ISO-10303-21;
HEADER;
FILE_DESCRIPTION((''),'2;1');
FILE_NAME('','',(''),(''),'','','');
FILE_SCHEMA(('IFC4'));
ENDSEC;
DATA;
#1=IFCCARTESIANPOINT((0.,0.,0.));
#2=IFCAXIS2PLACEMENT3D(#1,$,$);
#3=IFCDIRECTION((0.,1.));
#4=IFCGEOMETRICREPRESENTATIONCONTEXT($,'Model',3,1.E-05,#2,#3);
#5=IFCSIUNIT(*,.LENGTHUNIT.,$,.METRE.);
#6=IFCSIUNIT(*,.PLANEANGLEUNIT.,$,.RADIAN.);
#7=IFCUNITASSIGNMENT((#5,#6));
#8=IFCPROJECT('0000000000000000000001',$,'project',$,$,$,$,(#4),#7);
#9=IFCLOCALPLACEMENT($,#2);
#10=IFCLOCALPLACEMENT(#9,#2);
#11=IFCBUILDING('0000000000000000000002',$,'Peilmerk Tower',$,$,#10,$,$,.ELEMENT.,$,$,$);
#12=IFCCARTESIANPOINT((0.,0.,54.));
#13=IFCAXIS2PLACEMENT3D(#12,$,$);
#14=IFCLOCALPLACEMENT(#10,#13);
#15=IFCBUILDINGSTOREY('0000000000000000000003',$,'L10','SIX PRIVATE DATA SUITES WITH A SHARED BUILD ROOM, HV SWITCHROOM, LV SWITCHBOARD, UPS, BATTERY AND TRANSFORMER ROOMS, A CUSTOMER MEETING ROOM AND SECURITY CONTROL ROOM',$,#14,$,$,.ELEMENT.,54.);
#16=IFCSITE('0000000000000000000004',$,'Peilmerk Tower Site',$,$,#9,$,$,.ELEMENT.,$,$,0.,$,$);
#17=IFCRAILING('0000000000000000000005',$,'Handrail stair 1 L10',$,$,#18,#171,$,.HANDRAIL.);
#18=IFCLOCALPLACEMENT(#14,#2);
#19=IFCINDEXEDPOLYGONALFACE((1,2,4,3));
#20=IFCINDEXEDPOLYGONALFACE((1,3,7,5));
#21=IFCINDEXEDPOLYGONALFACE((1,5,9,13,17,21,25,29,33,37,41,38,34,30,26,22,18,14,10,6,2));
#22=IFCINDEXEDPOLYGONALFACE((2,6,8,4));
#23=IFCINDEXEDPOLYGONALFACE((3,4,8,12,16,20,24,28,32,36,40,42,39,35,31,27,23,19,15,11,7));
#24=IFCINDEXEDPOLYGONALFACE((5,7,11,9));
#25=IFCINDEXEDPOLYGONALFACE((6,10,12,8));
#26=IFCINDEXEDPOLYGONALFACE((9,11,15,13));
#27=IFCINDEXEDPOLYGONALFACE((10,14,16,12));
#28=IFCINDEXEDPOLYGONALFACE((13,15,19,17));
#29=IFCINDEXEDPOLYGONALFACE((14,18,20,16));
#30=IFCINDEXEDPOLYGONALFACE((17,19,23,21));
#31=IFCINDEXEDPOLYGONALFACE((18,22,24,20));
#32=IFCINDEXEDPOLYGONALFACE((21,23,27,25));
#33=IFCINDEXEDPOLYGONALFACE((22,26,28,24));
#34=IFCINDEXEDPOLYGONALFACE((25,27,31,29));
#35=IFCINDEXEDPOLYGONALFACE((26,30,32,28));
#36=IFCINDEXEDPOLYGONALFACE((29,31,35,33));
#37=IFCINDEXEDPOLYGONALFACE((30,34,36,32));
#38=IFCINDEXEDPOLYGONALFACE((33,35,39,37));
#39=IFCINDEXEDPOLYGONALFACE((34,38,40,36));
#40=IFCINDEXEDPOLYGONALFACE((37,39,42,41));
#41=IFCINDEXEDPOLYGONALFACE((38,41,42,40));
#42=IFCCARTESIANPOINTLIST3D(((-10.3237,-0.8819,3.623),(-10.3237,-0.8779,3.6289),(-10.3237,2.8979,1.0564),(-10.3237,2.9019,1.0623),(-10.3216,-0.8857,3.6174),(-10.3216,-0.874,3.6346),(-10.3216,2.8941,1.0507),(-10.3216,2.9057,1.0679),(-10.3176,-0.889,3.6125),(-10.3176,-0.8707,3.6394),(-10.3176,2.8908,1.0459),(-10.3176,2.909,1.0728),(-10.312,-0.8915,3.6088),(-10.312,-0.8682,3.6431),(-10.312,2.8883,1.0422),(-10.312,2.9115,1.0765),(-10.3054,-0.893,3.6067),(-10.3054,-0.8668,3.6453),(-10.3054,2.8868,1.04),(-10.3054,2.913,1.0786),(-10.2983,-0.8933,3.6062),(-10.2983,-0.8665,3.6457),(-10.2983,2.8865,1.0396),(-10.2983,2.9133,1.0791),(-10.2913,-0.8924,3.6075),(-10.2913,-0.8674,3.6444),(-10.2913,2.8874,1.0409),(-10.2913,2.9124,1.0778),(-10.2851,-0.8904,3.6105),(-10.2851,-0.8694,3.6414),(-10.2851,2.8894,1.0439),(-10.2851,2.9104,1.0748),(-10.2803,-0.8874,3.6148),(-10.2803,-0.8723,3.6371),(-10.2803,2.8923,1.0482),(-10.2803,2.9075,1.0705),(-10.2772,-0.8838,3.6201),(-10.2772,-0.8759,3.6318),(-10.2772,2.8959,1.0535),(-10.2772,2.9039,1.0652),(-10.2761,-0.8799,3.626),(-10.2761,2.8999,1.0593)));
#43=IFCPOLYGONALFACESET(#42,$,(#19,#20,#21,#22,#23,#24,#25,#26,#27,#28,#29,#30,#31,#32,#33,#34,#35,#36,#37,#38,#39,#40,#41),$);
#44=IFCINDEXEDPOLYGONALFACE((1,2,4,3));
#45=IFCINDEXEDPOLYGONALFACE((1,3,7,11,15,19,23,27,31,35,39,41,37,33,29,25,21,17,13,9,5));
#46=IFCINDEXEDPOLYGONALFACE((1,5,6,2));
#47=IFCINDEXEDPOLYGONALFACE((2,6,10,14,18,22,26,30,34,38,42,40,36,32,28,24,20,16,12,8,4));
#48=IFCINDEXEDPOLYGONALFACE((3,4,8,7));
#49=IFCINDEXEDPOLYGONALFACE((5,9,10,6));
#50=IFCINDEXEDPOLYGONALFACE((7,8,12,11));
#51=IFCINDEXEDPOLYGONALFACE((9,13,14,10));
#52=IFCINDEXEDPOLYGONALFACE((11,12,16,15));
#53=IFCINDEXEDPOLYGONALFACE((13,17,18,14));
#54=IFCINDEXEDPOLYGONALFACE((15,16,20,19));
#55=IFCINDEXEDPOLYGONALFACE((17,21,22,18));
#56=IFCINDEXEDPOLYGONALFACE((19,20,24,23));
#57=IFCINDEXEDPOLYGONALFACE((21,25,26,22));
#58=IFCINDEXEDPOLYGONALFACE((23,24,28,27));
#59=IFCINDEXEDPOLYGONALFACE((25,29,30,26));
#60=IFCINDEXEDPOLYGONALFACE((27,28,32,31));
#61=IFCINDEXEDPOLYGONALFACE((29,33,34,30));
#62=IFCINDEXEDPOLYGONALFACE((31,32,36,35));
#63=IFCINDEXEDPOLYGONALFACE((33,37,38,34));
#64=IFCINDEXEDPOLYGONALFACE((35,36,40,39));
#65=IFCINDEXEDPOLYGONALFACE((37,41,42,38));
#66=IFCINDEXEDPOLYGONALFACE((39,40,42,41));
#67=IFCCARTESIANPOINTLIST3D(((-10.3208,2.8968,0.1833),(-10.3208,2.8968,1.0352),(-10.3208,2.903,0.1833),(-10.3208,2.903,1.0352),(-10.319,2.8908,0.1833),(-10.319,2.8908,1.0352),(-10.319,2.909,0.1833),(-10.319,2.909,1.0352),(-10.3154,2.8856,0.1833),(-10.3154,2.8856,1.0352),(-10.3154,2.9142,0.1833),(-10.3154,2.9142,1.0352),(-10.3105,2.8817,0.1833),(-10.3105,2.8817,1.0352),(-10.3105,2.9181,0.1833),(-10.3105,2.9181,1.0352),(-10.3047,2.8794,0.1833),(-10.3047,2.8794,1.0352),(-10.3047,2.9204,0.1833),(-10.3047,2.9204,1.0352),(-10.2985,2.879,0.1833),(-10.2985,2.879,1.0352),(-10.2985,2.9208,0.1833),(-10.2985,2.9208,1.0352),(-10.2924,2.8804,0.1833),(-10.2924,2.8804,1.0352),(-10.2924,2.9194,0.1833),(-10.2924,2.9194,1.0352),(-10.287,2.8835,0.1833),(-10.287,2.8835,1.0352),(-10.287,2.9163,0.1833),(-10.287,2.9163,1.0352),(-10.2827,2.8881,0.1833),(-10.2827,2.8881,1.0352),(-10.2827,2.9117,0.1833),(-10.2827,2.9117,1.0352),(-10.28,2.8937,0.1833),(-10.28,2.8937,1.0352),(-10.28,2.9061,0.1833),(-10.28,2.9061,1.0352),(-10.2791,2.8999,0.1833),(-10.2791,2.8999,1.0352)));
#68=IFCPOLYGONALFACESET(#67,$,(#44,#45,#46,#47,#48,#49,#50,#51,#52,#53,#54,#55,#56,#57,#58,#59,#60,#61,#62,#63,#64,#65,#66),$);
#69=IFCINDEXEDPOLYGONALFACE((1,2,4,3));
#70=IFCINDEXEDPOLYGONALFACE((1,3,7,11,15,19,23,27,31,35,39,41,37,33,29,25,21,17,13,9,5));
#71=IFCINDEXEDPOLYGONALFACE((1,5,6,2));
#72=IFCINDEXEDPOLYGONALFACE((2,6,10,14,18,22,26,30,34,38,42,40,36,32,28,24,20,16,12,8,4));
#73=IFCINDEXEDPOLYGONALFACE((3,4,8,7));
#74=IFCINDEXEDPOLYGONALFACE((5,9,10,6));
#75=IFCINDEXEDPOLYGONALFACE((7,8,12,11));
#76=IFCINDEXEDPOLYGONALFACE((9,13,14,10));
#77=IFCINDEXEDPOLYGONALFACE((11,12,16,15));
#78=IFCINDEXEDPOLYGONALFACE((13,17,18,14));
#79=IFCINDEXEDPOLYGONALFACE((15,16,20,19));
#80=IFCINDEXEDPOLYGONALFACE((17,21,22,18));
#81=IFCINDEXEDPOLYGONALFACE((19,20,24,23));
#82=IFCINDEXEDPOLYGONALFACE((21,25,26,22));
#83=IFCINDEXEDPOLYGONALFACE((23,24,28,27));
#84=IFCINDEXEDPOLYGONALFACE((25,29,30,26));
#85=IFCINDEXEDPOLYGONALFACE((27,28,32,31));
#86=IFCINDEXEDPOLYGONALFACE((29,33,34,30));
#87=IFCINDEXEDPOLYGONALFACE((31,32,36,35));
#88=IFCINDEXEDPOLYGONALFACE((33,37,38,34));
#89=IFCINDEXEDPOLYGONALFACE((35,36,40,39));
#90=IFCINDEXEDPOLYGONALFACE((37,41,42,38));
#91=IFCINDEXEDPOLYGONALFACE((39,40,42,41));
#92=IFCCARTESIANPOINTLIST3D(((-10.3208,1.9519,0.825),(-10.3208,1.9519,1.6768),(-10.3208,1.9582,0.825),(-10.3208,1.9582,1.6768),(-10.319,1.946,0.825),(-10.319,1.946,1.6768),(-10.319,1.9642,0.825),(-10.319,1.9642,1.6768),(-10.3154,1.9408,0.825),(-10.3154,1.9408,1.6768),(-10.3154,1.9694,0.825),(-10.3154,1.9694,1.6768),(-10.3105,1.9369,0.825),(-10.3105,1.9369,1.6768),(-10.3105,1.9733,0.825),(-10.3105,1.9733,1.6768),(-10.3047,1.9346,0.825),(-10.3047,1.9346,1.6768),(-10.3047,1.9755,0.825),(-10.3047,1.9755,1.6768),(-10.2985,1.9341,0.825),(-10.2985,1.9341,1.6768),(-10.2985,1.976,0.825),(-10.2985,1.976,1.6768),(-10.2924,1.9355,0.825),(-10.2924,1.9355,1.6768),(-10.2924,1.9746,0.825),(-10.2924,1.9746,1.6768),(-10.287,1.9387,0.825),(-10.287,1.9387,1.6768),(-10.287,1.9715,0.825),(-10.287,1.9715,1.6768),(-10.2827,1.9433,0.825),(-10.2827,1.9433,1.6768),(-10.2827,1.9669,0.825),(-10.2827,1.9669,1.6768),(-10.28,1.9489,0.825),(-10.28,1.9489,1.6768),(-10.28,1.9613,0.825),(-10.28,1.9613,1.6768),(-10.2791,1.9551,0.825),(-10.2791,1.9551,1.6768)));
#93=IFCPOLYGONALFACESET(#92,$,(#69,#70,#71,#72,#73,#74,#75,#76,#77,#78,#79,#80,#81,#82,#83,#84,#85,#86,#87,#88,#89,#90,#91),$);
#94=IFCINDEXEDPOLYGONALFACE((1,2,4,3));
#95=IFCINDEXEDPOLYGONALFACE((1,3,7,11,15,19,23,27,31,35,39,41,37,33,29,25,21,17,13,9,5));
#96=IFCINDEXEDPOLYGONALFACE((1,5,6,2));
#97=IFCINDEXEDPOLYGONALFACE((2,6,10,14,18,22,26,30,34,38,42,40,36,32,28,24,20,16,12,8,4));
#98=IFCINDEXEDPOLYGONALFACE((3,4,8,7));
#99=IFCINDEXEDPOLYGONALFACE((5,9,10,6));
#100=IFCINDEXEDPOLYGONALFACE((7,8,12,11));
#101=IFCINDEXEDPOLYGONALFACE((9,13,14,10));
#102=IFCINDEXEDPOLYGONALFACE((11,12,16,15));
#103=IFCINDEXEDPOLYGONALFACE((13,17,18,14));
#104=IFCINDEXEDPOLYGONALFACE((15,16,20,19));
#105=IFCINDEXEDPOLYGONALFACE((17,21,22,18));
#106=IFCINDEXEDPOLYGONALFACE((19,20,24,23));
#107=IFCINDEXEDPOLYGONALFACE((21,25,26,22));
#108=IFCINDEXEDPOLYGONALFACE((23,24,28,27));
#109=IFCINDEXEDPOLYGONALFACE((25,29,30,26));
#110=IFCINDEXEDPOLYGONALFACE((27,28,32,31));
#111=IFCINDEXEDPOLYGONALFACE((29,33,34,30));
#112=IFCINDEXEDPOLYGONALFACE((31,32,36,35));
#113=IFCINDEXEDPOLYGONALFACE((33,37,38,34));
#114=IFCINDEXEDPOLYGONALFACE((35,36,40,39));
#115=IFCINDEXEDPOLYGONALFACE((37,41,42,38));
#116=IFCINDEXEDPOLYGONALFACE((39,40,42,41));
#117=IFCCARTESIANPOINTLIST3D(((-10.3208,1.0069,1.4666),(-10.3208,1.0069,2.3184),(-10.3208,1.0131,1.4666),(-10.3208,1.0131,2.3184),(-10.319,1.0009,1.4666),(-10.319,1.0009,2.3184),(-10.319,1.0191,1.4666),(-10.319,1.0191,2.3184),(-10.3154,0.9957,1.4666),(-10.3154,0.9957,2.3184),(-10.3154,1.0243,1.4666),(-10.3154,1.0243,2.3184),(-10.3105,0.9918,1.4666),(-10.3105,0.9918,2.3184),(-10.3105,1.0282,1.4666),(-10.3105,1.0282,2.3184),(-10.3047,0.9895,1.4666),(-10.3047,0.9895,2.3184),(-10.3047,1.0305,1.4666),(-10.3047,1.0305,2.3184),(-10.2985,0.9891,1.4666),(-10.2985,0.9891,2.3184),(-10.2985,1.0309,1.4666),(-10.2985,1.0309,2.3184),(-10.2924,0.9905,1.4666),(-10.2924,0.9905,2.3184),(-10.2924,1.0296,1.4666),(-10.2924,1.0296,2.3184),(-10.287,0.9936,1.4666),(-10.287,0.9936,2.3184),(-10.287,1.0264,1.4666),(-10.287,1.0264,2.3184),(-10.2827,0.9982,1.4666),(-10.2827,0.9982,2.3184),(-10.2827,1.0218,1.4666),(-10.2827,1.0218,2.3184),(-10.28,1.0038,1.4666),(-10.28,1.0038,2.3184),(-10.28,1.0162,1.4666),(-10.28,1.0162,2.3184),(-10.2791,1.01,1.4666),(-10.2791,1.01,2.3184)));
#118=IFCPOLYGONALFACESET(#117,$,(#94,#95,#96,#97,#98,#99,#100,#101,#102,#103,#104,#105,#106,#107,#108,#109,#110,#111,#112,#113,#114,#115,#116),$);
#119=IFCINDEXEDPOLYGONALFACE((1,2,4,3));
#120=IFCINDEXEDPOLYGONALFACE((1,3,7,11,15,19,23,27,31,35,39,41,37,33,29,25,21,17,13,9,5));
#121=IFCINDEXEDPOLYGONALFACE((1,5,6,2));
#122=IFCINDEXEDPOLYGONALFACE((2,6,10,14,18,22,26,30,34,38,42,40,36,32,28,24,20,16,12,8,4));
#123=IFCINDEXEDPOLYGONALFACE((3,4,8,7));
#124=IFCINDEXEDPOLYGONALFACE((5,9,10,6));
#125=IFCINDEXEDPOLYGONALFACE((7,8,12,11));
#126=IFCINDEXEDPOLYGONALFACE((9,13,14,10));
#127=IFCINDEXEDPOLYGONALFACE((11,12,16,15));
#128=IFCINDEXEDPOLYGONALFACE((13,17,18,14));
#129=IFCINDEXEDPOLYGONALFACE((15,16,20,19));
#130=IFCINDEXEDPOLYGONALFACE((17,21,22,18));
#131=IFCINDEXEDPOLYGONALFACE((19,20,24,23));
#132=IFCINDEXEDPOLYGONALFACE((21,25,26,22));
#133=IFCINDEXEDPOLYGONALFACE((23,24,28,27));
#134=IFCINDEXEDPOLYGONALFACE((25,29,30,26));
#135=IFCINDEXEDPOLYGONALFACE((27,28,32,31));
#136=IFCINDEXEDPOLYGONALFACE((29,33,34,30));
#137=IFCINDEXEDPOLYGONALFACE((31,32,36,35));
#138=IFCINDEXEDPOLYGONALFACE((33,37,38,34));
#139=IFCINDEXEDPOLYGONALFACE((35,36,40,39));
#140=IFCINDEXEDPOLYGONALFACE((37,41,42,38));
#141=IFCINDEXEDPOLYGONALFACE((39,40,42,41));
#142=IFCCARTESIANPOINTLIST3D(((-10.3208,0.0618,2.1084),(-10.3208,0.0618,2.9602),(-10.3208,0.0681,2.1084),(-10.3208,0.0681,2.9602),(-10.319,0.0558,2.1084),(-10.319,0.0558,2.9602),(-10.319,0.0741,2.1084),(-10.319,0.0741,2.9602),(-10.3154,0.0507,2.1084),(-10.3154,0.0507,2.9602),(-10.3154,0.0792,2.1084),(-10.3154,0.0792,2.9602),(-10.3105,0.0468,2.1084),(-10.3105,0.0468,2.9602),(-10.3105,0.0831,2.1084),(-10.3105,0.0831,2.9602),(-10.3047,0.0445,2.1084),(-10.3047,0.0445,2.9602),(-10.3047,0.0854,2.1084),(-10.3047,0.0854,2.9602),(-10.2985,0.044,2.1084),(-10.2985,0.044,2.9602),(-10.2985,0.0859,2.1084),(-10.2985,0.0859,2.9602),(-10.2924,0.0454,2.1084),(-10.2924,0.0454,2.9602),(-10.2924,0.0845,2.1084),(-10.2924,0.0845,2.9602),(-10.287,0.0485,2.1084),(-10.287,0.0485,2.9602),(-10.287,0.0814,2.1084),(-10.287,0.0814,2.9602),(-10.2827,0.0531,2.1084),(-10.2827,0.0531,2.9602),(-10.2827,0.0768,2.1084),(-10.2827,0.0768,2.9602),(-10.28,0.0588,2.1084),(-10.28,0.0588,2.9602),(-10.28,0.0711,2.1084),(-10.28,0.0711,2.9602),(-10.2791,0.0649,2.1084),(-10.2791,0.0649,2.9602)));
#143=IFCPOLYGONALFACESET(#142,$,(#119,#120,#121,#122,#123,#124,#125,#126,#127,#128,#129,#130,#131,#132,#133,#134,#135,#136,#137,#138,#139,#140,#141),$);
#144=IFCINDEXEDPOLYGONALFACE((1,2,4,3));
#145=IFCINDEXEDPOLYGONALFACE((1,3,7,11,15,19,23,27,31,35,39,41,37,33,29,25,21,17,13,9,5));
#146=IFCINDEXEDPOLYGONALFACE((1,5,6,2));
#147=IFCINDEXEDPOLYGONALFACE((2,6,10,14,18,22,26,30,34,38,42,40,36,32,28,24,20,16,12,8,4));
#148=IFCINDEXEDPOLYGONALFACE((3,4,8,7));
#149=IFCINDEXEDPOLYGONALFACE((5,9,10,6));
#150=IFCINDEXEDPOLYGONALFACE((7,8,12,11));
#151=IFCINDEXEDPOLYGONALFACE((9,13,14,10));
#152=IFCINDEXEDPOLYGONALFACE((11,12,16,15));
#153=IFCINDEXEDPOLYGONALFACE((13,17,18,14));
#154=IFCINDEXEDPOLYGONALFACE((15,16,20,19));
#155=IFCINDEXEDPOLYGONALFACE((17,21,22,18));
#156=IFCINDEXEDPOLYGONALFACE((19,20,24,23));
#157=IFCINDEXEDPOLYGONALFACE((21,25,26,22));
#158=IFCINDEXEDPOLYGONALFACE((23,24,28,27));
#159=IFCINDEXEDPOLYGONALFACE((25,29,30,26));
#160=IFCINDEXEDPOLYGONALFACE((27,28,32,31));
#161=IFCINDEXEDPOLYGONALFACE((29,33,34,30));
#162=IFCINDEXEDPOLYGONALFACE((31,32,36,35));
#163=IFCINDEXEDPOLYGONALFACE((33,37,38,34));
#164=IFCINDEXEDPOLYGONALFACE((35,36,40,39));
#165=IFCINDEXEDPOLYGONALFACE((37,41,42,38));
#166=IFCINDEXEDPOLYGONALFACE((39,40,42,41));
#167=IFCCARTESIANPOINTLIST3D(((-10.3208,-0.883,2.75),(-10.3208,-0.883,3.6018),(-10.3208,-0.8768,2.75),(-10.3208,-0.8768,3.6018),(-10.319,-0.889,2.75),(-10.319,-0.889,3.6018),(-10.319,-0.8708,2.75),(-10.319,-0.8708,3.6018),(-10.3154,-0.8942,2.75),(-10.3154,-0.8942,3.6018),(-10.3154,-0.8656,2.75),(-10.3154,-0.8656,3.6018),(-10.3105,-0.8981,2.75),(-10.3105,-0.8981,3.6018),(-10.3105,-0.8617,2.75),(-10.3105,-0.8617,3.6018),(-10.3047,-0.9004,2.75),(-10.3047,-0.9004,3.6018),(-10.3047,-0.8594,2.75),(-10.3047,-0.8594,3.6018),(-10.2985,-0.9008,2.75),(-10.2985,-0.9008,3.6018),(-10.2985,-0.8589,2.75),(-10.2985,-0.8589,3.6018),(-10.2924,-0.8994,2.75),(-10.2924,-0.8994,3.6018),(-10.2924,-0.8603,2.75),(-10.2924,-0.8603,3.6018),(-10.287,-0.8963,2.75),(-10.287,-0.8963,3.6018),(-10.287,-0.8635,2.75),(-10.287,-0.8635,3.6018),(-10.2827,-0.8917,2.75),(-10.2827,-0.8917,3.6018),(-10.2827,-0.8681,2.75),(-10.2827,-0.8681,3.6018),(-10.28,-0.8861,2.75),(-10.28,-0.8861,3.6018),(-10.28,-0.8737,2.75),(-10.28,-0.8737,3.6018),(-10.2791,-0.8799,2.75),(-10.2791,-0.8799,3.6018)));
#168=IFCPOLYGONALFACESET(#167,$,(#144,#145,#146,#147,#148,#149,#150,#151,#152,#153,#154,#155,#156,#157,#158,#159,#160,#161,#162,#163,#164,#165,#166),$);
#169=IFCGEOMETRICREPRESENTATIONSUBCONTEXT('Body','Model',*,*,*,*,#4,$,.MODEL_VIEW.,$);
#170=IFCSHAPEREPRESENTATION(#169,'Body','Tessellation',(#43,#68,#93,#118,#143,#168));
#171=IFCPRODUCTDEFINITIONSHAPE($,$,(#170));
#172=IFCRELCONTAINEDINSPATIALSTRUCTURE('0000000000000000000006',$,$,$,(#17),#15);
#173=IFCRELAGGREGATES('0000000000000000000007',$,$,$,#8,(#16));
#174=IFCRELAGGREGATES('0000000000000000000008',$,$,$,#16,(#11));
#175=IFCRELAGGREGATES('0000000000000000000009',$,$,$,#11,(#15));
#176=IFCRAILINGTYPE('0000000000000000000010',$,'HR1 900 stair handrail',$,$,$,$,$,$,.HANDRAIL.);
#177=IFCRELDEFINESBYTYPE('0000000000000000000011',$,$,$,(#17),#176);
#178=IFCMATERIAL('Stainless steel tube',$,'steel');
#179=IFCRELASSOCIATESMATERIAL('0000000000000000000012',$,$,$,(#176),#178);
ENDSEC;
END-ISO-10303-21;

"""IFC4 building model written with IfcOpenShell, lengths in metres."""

from ifc_helpers import new_model, si_unit, direction, frame, origin, origin_2d, place, context, subcontext, project, spatial, circle, extrude, material, type_object, element, save


model = new_model("IFC4")

# Units and contexts
model_context = context("Model", 3, precision=1e-05, world=origin(), true_north=direction((0.0, 1.0)))
body_context = subcontext(model_context, "Body", "Model", "MODEL_VIEW")
ifc_project = project(units=[si_unit("LENGTHUNIT", "METRE"), si_unit("PLANEANGLEUNIT", "RADIAN")], contexts=[model_context])

# Site, building, storey
site_placement = place(None, origin())
site = spatial("IfcSite", under=ifc_project, at=site_placement, Name="Peilmerk Tower Site", CompositionType="ELEMENT", RefElevation=0.0)
building_placement = place(site_placement, origin())
building = spatial("IfcBuilding", under=site, at=building_placement, Name="Peilmerk Tower", CompositionType="ELEMENT")
storey_placement = place(building_placement, frame((0.0, 0.0, 54.0)))
storey = spatial("IfcBuildingStorey", under=building, at=storey_placement, Name="L10", Description="SIX PRIVATE DATA SUITES WITH A SHARED BUILD ROOM, HV SWITCHROOM, LV SWITCHBOARD, UPS, BATTERY AND TRANSFORMER ROOMS, A CUSTOMER MEETING ROOM AND SECURITY CONTROL ROOM", CompositionType="ELEMENT", Elevation=54.0)

# Railing
ifc_material_1 = material(Name="Stainless steel tube", Category="steel")
railing_type_1 = type_object("IfcRailingType", Name="HR1 900 stair handrail", PredefinedType="HANDRAIL", material=ifc_material_1)
railing_1_placement = place(storey_placement, frame((-10.3, 2.8999, 0.1833)))
element("IfcRailing", 1, at=railing_1_placement, inside=storey, type_object=railing_type_1, Name="Handrail stair 1 L10", PredefinedType="HANDRAIL", context=body_context, shape_type="SweptSolid", body=[
    extrude(circle(Radius=0.0239, at=origin_2d()), frame((0.0, 0.0, 0.876), z_axis=(0.0, -0.827293, 0.561771), x_axis=(1.0, 0.0, 0.0)), (0.0, 0.0, 1.0), 4.5688),
    extrude(circle(Radius=0.021, at=origin_2d()), origin(), (0.0, 0.0, 1.0), 0.8518),
    extrude(circle(Radius=0.021, at=origin_2d()), frame((0.0, -0.9448, 0.6416)), (0.0, 0.0, 1.0), 0.8518),
    extrude(circle(Radius=0.021, at=origin_2d()), frame((0.0, -1.8899, 1.2832)), (0.0, 0.0, 1.0), 0.8518),
    extrude(circle(Radius=0.021, at=origin_2d()), frame((0.0, -2.835, 1.925)), (0.0, 0.0, 1.0), 0.8518),
    extrude(circle(Radius=0.021, at=origin_2d()), frame((0.0, -3.7798, 2.5667)), (0.0, 0.0, 1.0), 0.8518),
])

save(model, "model.ifc")
